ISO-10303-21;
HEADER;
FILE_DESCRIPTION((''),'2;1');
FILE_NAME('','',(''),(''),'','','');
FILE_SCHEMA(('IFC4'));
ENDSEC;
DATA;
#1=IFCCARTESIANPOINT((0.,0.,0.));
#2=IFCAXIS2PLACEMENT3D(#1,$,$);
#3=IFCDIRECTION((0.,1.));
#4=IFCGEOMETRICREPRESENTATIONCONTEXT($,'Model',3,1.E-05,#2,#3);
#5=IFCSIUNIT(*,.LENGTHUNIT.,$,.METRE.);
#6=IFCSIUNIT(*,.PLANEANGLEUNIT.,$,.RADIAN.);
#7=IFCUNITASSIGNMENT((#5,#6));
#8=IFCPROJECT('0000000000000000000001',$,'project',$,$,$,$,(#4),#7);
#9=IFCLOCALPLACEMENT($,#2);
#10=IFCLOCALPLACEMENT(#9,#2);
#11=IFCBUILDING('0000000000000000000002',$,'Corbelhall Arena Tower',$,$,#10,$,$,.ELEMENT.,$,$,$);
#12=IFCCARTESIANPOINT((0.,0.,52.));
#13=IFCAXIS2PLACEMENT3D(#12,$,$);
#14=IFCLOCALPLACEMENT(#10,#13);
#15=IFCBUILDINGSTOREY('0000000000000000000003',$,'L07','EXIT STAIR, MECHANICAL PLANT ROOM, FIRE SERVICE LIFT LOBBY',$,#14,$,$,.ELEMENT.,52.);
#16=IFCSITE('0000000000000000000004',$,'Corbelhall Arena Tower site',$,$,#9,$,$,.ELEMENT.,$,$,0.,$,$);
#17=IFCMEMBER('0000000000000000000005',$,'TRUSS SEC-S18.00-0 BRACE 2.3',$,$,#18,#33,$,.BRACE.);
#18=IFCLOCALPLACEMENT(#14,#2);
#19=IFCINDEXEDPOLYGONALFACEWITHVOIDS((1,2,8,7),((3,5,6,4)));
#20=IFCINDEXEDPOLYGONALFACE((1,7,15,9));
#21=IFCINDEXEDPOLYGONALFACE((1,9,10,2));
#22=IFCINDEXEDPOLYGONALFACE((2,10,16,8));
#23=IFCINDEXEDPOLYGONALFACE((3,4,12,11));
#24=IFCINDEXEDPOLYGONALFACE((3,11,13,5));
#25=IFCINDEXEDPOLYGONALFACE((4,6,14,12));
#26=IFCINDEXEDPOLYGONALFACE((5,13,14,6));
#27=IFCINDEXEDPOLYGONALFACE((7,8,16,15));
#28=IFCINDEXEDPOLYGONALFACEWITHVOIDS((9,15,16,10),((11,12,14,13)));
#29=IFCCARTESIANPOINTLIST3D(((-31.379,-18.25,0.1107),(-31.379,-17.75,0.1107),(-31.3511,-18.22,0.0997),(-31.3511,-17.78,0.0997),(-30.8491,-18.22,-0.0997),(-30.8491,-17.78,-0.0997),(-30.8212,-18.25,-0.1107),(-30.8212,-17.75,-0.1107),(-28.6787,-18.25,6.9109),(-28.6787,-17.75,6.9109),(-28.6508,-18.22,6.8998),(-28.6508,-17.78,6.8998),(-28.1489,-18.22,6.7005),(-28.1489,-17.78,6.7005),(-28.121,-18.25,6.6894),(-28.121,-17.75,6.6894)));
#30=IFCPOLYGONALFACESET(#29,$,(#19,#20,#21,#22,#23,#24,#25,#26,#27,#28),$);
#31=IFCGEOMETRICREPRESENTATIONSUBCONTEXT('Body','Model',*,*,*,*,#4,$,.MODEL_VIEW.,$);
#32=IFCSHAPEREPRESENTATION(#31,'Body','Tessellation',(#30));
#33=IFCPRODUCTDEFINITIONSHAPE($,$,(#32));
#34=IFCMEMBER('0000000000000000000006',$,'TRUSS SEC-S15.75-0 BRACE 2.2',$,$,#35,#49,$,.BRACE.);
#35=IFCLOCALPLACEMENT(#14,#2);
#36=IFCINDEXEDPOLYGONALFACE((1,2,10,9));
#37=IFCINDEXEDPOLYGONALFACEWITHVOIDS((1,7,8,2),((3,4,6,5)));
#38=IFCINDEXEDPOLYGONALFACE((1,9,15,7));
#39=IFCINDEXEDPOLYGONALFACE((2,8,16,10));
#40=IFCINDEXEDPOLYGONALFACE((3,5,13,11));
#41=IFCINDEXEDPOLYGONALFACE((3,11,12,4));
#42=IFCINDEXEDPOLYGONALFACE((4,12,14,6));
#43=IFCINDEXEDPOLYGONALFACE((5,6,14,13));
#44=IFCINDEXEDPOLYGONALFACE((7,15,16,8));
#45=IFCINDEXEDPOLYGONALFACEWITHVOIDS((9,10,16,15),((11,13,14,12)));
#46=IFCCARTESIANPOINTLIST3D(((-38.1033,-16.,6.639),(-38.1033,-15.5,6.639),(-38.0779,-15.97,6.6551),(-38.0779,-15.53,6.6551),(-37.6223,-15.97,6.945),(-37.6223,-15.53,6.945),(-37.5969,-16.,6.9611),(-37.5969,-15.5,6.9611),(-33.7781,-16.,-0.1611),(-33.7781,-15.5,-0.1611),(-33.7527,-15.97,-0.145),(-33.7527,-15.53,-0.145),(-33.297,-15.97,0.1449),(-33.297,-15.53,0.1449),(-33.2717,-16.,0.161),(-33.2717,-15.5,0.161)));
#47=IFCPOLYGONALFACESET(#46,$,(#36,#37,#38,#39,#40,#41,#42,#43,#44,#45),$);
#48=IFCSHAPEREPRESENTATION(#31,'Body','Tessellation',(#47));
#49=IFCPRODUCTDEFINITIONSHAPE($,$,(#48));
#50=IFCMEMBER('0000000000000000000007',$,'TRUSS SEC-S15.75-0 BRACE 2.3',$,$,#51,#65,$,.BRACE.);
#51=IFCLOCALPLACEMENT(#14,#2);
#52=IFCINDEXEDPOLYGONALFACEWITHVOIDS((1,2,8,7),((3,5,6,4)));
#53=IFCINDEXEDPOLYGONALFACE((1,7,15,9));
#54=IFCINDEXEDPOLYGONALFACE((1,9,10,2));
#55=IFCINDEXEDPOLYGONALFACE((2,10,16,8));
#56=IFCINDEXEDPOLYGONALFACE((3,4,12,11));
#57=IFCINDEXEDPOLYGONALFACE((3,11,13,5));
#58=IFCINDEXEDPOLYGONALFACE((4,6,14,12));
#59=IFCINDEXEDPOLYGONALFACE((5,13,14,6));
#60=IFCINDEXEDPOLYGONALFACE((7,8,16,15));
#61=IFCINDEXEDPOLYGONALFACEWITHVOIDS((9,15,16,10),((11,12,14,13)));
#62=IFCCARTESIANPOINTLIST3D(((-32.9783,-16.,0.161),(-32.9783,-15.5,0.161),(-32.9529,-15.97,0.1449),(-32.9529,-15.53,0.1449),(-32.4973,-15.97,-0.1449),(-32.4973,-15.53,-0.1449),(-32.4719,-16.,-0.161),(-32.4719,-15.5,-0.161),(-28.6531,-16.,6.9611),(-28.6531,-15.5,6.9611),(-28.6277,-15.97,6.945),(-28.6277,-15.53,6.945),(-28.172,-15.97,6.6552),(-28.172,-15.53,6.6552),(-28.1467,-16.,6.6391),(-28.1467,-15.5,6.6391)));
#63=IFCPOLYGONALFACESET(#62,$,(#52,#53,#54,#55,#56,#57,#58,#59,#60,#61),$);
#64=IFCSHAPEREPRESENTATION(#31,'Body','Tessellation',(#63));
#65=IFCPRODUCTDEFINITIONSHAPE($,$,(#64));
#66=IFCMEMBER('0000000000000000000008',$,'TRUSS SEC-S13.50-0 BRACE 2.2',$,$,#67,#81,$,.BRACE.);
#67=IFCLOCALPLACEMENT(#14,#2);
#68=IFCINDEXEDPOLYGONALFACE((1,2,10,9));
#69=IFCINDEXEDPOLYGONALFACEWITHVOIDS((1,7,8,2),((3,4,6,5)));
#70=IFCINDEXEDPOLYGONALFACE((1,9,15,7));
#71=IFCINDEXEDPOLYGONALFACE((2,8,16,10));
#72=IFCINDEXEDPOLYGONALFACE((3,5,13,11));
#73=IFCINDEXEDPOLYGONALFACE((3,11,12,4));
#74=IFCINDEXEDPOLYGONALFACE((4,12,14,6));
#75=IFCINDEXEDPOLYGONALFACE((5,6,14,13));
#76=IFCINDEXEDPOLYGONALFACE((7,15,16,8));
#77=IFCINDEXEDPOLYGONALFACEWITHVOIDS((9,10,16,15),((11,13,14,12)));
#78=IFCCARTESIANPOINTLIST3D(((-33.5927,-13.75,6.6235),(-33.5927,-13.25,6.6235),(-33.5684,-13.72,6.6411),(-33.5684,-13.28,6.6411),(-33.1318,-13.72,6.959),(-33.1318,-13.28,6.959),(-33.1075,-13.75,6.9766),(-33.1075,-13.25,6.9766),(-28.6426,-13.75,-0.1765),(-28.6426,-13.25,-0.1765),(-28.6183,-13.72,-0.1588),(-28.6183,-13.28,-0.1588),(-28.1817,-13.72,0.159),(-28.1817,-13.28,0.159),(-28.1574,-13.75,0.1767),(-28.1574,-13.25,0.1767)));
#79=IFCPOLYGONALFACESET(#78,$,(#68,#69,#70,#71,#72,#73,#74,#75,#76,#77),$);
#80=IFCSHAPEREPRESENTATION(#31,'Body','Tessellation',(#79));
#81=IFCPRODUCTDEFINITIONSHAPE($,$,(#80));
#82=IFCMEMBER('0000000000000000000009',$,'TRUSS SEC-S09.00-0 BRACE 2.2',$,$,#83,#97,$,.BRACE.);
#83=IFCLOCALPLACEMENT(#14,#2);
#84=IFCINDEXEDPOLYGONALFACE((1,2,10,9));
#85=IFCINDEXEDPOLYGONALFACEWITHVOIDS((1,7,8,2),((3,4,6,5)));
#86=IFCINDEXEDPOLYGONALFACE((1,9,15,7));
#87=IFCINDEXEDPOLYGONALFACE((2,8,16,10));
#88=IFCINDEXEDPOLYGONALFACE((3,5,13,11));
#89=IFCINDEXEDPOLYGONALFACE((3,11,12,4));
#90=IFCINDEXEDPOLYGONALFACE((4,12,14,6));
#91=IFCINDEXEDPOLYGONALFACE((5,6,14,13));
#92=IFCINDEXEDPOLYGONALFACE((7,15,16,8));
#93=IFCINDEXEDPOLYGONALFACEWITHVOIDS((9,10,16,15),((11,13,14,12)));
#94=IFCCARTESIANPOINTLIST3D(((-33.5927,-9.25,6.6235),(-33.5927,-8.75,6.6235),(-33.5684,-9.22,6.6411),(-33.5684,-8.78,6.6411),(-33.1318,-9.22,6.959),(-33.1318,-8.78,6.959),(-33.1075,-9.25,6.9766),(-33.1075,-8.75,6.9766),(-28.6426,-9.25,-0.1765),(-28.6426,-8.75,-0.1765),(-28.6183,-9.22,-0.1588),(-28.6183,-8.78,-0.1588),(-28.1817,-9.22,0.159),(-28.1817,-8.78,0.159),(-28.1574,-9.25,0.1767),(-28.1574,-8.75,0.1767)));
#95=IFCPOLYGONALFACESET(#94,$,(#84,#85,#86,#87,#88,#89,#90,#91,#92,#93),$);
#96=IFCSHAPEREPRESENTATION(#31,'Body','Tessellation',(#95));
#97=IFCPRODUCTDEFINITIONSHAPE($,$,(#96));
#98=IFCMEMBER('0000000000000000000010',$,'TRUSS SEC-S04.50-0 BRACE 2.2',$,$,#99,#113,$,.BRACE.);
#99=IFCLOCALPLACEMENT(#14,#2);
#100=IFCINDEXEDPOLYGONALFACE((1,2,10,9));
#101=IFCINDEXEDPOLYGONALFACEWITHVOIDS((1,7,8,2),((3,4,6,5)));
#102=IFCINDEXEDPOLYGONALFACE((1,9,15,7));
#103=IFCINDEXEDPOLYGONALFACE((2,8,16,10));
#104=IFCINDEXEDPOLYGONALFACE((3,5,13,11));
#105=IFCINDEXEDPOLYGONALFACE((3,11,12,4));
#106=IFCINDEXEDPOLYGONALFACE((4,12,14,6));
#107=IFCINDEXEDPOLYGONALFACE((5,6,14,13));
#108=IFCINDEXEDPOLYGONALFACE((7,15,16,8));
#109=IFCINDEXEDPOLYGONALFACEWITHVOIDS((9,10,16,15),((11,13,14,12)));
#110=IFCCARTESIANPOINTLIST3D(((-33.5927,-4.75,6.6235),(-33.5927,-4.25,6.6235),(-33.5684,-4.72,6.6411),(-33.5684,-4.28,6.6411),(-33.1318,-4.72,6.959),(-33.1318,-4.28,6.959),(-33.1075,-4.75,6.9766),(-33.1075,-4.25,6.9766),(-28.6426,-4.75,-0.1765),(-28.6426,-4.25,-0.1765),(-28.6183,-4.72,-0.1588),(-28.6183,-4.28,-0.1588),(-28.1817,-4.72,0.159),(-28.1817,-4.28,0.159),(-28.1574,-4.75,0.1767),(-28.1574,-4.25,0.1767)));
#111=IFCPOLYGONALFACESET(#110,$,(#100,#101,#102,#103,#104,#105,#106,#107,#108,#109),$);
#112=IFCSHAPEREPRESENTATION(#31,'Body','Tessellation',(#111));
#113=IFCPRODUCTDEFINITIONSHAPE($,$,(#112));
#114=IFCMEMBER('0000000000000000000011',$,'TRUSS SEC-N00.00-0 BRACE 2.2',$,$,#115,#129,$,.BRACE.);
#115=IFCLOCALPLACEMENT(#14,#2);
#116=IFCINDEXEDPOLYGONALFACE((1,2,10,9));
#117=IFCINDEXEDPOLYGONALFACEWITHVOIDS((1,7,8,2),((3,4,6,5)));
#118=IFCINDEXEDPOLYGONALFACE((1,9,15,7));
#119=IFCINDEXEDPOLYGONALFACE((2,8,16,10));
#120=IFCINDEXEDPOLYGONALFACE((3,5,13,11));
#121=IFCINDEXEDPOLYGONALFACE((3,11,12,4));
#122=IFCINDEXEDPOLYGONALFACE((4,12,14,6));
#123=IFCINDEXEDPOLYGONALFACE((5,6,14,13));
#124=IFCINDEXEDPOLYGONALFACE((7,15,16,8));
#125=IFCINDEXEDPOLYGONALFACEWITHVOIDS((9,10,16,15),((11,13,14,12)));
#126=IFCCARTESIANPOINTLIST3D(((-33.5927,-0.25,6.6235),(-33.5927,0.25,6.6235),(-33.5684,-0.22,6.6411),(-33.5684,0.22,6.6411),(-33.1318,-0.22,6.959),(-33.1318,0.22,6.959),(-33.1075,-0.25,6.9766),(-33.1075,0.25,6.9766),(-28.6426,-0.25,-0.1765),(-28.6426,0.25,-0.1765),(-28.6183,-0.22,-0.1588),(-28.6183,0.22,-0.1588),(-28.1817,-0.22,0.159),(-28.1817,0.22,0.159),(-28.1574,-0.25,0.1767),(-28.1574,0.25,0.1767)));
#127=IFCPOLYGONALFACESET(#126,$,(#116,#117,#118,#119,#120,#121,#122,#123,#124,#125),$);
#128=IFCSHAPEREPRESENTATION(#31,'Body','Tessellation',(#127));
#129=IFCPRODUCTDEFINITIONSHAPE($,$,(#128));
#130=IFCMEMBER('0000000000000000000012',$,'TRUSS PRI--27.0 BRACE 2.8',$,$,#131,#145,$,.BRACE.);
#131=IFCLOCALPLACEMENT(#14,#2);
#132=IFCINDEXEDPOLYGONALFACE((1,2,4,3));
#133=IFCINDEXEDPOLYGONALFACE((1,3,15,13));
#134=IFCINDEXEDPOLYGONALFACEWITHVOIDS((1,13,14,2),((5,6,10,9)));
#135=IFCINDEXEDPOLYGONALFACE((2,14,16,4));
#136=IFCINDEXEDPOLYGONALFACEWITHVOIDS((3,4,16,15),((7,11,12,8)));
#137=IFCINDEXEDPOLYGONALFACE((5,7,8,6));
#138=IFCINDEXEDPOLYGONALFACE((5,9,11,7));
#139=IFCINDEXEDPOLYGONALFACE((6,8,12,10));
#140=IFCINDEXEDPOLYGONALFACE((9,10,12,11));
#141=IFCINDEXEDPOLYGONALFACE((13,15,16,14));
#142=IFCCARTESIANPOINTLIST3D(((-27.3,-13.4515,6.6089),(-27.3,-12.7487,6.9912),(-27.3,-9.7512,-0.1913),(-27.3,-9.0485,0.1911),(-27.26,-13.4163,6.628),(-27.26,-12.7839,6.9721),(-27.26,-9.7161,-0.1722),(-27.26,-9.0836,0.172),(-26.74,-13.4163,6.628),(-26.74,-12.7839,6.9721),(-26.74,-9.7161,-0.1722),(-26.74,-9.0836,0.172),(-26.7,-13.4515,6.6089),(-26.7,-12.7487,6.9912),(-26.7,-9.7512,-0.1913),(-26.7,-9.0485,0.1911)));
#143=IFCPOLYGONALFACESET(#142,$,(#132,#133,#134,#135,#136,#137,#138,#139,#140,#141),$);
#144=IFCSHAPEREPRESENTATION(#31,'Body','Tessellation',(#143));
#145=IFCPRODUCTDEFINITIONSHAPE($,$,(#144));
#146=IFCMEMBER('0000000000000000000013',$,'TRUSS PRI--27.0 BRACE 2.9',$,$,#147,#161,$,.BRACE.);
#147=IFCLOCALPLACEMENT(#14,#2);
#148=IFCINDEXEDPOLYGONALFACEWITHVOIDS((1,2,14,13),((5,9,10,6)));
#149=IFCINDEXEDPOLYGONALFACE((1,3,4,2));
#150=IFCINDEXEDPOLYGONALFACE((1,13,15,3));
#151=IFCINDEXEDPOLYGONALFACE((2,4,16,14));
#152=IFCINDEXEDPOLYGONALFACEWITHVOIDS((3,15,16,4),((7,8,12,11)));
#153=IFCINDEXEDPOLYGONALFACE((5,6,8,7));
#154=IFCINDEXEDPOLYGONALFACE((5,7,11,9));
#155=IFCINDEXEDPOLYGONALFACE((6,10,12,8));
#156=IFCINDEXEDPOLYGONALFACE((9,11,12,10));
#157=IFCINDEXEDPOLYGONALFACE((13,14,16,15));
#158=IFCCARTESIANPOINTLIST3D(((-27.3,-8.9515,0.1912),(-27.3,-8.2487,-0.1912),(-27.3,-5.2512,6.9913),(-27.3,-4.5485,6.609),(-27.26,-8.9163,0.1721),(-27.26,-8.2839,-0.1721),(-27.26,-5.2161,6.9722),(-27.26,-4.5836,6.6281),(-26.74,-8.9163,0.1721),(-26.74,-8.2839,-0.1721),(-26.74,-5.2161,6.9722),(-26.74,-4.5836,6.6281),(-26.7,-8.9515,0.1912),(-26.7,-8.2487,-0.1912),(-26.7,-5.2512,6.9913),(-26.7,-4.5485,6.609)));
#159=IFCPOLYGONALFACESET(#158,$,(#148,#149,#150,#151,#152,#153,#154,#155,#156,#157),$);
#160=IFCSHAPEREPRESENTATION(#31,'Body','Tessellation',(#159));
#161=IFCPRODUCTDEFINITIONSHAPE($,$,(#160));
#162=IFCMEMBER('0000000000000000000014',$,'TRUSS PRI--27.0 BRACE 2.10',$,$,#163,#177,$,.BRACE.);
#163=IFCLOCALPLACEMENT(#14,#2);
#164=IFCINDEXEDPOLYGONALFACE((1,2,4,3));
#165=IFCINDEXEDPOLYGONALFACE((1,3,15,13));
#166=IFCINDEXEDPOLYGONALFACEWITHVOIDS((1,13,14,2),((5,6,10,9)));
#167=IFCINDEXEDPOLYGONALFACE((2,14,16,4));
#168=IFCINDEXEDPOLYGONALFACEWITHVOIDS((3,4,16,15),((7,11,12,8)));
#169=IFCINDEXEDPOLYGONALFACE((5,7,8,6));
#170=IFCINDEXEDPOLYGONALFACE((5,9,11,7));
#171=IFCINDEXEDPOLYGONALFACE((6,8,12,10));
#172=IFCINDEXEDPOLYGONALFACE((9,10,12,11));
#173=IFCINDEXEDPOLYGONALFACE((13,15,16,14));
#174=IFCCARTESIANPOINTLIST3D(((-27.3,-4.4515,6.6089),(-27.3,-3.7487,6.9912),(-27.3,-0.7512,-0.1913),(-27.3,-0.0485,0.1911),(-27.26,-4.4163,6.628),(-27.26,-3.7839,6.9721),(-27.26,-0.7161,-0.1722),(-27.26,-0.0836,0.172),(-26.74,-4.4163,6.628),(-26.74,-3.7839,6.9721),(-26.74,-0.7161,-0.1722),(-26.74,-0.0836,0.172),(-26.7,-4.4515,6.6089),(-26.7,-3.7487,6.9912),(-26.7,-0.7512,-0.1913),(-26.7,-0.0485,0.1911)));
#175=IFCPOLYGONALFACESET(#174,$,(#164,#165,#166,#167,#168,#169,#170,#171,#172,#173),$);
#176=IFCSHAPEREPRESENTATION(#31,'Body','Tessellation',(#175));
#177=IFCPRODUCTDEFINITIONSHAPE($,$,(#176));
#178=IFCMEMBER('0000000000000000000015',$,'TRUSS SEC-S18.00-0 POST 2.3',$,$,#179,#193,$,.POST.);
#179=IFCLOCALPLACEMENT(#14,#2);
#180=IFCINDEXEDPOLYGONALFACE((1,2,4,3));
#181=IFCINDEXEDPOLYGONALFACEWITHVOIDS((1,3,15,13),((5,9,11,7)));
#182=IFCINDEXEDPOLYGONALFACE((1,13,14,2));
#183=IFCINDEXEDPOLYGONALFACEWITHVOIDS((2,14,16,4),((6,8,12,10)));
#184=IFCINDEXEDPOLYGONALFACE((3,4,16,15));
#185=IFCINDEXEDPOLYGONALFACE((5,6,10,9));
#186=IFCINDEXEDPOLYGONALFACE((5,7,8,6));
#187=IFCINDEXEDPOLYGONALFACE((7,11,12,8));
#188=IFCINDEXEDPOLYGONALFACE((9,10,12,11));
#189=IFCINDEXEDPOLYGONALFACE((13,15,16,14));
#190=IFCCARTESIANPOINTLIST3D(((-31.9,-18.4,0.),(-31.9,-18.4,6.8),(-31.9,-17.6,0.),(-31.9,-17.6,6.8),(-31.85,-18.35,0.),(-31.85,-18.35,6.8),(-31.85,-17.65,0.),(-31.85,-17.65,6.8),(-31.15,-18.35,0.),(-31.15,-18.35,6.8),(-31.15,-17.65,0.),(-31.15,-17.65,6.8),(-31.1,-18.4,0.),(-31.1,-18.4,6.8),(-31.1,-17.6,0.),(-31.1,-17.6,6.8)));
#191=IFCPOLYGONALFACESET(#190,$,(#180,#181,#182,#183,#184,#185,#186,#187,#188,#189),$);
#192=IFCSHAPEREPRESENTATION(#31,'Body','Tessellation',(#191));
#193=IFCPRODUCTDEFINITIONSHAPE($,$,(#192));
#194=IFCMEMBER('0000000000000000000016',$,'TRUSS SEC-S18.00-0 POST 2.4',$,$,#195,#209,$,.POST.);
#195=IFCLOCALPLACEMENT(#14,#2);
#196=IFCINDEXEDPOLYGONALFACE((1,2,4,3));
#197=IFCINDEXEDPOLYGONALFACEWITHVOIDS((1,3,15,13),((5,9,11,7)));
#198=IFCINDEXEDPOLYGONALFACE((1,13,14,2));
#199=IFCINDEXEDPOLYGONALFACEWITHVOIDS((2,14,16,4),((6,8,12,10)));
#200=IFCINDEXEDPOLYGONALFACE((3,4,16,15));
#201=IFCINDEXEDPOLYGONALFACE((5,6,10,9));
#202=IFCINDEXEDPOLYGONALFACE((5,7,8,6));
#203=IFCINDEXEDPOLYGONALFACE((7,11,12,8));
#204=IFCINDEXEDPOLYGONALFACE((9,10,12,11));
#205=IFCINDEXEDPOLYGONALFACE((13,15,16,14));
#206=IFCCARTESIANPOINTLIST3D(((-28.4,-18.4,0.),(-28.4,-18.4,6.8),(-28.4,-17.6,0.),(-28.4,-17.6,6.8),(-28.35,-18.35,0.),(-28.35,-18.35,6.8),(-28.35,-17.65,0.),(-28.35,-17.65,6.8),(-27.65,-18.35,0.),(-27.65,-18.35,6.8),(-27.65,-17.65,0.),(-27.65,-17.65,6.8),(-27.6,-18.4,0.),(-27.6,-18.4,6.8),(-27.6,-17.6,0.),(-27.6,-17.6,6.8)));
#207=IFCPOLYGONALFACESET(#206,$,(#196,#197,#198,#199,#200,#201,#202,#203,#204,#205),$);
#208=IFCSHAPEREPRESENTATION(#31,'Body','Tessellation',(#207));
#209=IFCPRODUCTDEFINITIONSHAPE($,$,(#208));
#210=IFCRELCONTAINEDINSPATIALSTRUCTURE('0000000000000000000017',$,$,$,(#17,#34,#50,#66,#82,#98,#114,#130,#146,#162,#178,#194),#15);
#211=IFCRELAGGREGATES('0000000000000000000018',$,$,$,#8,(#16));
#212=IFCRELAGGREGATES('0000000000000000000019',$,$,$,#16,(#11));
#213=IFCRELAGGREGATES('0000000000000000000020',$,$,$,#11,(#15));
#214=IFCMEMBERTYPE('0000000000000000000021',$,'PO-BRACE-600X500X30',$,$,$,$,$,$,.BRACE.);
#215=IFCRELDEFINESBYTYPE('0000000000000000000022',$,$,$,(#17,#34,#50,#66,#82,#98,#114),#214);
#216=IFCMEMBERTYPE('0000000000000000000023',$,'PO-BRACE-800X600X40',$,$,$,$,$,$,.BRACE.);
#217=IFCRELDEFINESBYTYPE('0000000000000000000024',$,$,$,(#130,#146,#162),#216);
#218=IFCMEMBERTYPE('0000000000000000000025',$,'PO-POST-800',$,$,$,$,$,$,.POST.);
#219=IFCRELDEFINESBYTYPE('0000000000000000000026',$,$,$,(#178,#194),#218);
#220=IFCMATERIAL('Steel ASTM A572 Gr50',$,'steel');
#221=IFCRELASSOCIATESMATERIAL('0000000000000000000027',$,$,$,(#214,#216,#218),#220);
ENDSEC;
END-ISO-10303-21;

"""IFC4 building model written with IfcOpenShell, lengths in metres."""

from ifc_helpers import new_model, si_unit, direction, frame, origin, origin_2d, place, context, subcontext, project, spatial, hollow_rectangle, extrude, material, material_profile, profile_set, type_object, element, save


model = new_model("IFC4")

# Units and contexts
model_context = context("Model", 3, precision=1e-05, world=origin(), true_north=direction((0.0, 1.0)))
body_context = subcontext(model_context, "Body", "Model", "MODEL_VIEW")
ifc_project = project(units=[si_unit("LENGTHUNIT", "METRE"), si_unit("PLANEANGLEUNIT", "RADIAN")], contexts=[model_context])

# Site, building, storey
site_placement = place(None, origin())
site = spatial("IfcSite", under=ifc_project, at=site_placement, Name="Corbelhall Arena Tower site", CompositionType="ELEMENT", RefElevation=0.0)
building_placement = place(site_placement, origin())
building = spatial("IfcBuilding", under=site, at=building_placement, Name="Corbelhall Arena Tower", CompositionType="ELEMENT")
storey_placement = place(building_placement, frame((0.0, 0.0, 52.0)))
storey = spatial("IfcBuildingStorey", under=building, at=storey_placement, Name="L07", Description="EXIT STAIR, MECHANICAL PLANT ROOM, FIRE SERVICE LIFT LOBBY", CompositionType="ELEMENT", Elevation=52.0)

# Members
ifc_material = material(Name="Steel ASTM A572 Gr50", Category="steel")
ifc_material_profile_1 = material_profile(ifc_material, hollow_rectangle(XDim=0.5, YDim=0.6001, WallThickness=0.03, at=origin_2d()))
ifc_profile_set_1 = profile_set([ifc_material_profile_1], Name="Steel ASTM A572 Gr50")
member_type_1 = type_object("IfcMemberType", Name="PO-BRACE-600X500X30", PredefinedType="BRACE", material=ifc_profile_set_1)
member_placement = place(storey_placement, frame((-31.1001, -18.0, 0.0), z_axis=(0.369054, 0.0, 0.929408), x_axis=(0.0, 1.0, 0.0)))
element("IfcMember", 1, at=member_placement, inside=storey, type_object=member_type_1, Name="TRUSS SEC-S18.00-0 BRACE 2.3", PredefinedType="BRACE", context=body_context, shape_type="SweptSolid", body=[
    extrude(hollow_rectangle(XDim=0.5, YDim=0.6001, WallThickness=0.03, at=origin_2d()), origin(), (0.0, 0.0, 1.0), 7.3167),
])
for number, where, z_axis, x_axis, name in (
    (2, (-37.8501, -15.75, 6.8), (0.536689, 0.0, -0.84378), (0.0, 1.0, 0.0), "TRUSS SEC-S15.75-0 BRACE 2.2"),
    (3, (-32.7251, -15.75, 0.0), (0.536689, 0.0, 0.84378), (0.0, 1.0, 0.0), "TRUSS SEC-S15.75-0 BRACE 2.3"),
):
    element("IfcMember", number, at=place(storey_placement, frame(where, z_axis=z_axis, x_axis=x_axis)), inside=storey, type_object=member_type_1, Name=name, PredefinedType="BRACE", context=body_context, shape_type="SweptSolid", body=[
        extrude(hollow_rectangle(XDim=0.5, YDim=0.6001, WallThickness=0.03, at=origin_2d()), origin(), (0.0, 0.0, 1.0), 8.0591),
    ])
for number, where, z_axis, x_axis, name in (
    (4, (-33.3501, -13.5, 6.8), (0.588538, 0.0, -0.80847), (0.0, 1.0, 0.0), "TRUSS SEC-S13.50-0 BRACE 2.2"),
    (5, (-33.3501, -9.0, 6.8), (0.588538, 0.0, -0.80847), (0.0, 1.0, 0.0), "TRUSS SEC-S09.00-0 BRACE 2.2"),
    (6, (-33.3501, -4.5, 6.8), (0.588538, 0.0, -0.80847), (0.0, 1.0, 0.0), "TRUSS SEC-S04.50-0 BRACE 2.2"),
    (7, (-33.3501, 0.0, 6.8), (0.588538, 0.0, -0.80847), (0.0, 1.0, 0.0), "TRUSS SEC-N00.00-0 BRACE 2.2"),
):
    element("IfcMember", number, at=place(storey_placement, frame(where, z_axis=z_axis, x_axis=x_axis)), inside=storey, type_object=member_type_1, Name=name, PredefinedType="BRACE", context=body_context, shape_type="SweptSolid", body=[
        extrude(hollow_rectangle(XDim=0.5, YDim=0.6001, WallThickness=0.03, at=origin_2d()), origin(), (0.0, 0.0, 1.0), 8.4109),
    ])
ifc_material_profile_2 = material_profile(ifc_material, hollow_rectangle(XDim=0.6001, YDim=0.8, WallThickness=0.04, at=origin_2d()))
ifc_profile_set_2 = profile_set([ifc_material_profile_2], Name="Steel ASTM A572 Gr50")
member_type_2 = type_object("IfcMemberType", Name="PO-BRACE-800X600X40", PredefinedType="BRACE", material=ifc_profile_set_2)
for number, where, z_axis, x_axis, name in (
    (8, (-27.0, -13.1001, 6.8), (0.0, 0.477964, -0.87838), (-1.0, 0.0, 0.0), "TRUSS PRI--27.0 BRACE 2.8"),
    (9, (-27.0, -8.6001, 0.0), (0.0, 0.477964, 0.87838), (-1.0, 0.0, 0.0), "TRUSS PRI--27.0 BRACE 2.9"),
    (10, (-27.0, -4.1001, 6.8), (0.0, 0.477964, -0.87838), (-1.0, 0.0, 0.0), "TRUSS PRI--27.0 BRACE 2.10"),
):
    element("IfcMember", number, at=place(storey_placement, frame(where, z_axis=z_axis, x_axis=x_axis)), inside=storey, type_object=member_type_2, Name=name, PredefinedType="BRACE", context=body_context, shape_type="SweptSolid", body=[
        extrude(hollow_rectangle(XDim=0.6001, YDim=0.8, WallThickness=0.04, at=origin_2d()), origin(), (0.0, 0.0, 1.0), 7.7417),
    ])
ifc_material_profile_3 = material_profile(ifc_material, hollow_rectangle(XDim=0.8, YDim=0.8, WallThickness=0.05, at=origin_2d()))
ifc_profile_set_3 = profile_set([ifc_material_profile_3], Name="Steel ASTM A572 Gr50")
member_type_3 = type_object("IfcMemberType", Name="PO-POST-800", PredefinedType="POST", material=ifc_profile_set_3)
for number, where, z_axis, x_axis, name in (
    (11, (-31.5, -18.0, 0.0), (0.0, 0.0, 1.0), (1.0, 0.0, 0.0), "TRUSS SEC-S18.00-0 POST 2.3"),
    (12, (-28.0, -18.0, 0.0), (0.0, 0.0, 1.0), (1.0, 0.0, 0.0), "TRUSS SEC-S18.00-0 POST 2.4"),
):
    element("IfcMember", number, at=place(storey_placement, frame(where, z_axis=z_axis, x_axis=x_axis)), inside=storey, type_object=member_type_3, Name=name, PredefinedType="POST", context=body_context, shape_type="SweptSolid", body=[
        extrude(hollow_rectangle(XDim=0.8, YDim=0.8, WallThickness=0.05, at=origin_2d()), origin(), (0.0, 0.0, 1.0), 6.8),
    ])

save(model, "model.ifc")
